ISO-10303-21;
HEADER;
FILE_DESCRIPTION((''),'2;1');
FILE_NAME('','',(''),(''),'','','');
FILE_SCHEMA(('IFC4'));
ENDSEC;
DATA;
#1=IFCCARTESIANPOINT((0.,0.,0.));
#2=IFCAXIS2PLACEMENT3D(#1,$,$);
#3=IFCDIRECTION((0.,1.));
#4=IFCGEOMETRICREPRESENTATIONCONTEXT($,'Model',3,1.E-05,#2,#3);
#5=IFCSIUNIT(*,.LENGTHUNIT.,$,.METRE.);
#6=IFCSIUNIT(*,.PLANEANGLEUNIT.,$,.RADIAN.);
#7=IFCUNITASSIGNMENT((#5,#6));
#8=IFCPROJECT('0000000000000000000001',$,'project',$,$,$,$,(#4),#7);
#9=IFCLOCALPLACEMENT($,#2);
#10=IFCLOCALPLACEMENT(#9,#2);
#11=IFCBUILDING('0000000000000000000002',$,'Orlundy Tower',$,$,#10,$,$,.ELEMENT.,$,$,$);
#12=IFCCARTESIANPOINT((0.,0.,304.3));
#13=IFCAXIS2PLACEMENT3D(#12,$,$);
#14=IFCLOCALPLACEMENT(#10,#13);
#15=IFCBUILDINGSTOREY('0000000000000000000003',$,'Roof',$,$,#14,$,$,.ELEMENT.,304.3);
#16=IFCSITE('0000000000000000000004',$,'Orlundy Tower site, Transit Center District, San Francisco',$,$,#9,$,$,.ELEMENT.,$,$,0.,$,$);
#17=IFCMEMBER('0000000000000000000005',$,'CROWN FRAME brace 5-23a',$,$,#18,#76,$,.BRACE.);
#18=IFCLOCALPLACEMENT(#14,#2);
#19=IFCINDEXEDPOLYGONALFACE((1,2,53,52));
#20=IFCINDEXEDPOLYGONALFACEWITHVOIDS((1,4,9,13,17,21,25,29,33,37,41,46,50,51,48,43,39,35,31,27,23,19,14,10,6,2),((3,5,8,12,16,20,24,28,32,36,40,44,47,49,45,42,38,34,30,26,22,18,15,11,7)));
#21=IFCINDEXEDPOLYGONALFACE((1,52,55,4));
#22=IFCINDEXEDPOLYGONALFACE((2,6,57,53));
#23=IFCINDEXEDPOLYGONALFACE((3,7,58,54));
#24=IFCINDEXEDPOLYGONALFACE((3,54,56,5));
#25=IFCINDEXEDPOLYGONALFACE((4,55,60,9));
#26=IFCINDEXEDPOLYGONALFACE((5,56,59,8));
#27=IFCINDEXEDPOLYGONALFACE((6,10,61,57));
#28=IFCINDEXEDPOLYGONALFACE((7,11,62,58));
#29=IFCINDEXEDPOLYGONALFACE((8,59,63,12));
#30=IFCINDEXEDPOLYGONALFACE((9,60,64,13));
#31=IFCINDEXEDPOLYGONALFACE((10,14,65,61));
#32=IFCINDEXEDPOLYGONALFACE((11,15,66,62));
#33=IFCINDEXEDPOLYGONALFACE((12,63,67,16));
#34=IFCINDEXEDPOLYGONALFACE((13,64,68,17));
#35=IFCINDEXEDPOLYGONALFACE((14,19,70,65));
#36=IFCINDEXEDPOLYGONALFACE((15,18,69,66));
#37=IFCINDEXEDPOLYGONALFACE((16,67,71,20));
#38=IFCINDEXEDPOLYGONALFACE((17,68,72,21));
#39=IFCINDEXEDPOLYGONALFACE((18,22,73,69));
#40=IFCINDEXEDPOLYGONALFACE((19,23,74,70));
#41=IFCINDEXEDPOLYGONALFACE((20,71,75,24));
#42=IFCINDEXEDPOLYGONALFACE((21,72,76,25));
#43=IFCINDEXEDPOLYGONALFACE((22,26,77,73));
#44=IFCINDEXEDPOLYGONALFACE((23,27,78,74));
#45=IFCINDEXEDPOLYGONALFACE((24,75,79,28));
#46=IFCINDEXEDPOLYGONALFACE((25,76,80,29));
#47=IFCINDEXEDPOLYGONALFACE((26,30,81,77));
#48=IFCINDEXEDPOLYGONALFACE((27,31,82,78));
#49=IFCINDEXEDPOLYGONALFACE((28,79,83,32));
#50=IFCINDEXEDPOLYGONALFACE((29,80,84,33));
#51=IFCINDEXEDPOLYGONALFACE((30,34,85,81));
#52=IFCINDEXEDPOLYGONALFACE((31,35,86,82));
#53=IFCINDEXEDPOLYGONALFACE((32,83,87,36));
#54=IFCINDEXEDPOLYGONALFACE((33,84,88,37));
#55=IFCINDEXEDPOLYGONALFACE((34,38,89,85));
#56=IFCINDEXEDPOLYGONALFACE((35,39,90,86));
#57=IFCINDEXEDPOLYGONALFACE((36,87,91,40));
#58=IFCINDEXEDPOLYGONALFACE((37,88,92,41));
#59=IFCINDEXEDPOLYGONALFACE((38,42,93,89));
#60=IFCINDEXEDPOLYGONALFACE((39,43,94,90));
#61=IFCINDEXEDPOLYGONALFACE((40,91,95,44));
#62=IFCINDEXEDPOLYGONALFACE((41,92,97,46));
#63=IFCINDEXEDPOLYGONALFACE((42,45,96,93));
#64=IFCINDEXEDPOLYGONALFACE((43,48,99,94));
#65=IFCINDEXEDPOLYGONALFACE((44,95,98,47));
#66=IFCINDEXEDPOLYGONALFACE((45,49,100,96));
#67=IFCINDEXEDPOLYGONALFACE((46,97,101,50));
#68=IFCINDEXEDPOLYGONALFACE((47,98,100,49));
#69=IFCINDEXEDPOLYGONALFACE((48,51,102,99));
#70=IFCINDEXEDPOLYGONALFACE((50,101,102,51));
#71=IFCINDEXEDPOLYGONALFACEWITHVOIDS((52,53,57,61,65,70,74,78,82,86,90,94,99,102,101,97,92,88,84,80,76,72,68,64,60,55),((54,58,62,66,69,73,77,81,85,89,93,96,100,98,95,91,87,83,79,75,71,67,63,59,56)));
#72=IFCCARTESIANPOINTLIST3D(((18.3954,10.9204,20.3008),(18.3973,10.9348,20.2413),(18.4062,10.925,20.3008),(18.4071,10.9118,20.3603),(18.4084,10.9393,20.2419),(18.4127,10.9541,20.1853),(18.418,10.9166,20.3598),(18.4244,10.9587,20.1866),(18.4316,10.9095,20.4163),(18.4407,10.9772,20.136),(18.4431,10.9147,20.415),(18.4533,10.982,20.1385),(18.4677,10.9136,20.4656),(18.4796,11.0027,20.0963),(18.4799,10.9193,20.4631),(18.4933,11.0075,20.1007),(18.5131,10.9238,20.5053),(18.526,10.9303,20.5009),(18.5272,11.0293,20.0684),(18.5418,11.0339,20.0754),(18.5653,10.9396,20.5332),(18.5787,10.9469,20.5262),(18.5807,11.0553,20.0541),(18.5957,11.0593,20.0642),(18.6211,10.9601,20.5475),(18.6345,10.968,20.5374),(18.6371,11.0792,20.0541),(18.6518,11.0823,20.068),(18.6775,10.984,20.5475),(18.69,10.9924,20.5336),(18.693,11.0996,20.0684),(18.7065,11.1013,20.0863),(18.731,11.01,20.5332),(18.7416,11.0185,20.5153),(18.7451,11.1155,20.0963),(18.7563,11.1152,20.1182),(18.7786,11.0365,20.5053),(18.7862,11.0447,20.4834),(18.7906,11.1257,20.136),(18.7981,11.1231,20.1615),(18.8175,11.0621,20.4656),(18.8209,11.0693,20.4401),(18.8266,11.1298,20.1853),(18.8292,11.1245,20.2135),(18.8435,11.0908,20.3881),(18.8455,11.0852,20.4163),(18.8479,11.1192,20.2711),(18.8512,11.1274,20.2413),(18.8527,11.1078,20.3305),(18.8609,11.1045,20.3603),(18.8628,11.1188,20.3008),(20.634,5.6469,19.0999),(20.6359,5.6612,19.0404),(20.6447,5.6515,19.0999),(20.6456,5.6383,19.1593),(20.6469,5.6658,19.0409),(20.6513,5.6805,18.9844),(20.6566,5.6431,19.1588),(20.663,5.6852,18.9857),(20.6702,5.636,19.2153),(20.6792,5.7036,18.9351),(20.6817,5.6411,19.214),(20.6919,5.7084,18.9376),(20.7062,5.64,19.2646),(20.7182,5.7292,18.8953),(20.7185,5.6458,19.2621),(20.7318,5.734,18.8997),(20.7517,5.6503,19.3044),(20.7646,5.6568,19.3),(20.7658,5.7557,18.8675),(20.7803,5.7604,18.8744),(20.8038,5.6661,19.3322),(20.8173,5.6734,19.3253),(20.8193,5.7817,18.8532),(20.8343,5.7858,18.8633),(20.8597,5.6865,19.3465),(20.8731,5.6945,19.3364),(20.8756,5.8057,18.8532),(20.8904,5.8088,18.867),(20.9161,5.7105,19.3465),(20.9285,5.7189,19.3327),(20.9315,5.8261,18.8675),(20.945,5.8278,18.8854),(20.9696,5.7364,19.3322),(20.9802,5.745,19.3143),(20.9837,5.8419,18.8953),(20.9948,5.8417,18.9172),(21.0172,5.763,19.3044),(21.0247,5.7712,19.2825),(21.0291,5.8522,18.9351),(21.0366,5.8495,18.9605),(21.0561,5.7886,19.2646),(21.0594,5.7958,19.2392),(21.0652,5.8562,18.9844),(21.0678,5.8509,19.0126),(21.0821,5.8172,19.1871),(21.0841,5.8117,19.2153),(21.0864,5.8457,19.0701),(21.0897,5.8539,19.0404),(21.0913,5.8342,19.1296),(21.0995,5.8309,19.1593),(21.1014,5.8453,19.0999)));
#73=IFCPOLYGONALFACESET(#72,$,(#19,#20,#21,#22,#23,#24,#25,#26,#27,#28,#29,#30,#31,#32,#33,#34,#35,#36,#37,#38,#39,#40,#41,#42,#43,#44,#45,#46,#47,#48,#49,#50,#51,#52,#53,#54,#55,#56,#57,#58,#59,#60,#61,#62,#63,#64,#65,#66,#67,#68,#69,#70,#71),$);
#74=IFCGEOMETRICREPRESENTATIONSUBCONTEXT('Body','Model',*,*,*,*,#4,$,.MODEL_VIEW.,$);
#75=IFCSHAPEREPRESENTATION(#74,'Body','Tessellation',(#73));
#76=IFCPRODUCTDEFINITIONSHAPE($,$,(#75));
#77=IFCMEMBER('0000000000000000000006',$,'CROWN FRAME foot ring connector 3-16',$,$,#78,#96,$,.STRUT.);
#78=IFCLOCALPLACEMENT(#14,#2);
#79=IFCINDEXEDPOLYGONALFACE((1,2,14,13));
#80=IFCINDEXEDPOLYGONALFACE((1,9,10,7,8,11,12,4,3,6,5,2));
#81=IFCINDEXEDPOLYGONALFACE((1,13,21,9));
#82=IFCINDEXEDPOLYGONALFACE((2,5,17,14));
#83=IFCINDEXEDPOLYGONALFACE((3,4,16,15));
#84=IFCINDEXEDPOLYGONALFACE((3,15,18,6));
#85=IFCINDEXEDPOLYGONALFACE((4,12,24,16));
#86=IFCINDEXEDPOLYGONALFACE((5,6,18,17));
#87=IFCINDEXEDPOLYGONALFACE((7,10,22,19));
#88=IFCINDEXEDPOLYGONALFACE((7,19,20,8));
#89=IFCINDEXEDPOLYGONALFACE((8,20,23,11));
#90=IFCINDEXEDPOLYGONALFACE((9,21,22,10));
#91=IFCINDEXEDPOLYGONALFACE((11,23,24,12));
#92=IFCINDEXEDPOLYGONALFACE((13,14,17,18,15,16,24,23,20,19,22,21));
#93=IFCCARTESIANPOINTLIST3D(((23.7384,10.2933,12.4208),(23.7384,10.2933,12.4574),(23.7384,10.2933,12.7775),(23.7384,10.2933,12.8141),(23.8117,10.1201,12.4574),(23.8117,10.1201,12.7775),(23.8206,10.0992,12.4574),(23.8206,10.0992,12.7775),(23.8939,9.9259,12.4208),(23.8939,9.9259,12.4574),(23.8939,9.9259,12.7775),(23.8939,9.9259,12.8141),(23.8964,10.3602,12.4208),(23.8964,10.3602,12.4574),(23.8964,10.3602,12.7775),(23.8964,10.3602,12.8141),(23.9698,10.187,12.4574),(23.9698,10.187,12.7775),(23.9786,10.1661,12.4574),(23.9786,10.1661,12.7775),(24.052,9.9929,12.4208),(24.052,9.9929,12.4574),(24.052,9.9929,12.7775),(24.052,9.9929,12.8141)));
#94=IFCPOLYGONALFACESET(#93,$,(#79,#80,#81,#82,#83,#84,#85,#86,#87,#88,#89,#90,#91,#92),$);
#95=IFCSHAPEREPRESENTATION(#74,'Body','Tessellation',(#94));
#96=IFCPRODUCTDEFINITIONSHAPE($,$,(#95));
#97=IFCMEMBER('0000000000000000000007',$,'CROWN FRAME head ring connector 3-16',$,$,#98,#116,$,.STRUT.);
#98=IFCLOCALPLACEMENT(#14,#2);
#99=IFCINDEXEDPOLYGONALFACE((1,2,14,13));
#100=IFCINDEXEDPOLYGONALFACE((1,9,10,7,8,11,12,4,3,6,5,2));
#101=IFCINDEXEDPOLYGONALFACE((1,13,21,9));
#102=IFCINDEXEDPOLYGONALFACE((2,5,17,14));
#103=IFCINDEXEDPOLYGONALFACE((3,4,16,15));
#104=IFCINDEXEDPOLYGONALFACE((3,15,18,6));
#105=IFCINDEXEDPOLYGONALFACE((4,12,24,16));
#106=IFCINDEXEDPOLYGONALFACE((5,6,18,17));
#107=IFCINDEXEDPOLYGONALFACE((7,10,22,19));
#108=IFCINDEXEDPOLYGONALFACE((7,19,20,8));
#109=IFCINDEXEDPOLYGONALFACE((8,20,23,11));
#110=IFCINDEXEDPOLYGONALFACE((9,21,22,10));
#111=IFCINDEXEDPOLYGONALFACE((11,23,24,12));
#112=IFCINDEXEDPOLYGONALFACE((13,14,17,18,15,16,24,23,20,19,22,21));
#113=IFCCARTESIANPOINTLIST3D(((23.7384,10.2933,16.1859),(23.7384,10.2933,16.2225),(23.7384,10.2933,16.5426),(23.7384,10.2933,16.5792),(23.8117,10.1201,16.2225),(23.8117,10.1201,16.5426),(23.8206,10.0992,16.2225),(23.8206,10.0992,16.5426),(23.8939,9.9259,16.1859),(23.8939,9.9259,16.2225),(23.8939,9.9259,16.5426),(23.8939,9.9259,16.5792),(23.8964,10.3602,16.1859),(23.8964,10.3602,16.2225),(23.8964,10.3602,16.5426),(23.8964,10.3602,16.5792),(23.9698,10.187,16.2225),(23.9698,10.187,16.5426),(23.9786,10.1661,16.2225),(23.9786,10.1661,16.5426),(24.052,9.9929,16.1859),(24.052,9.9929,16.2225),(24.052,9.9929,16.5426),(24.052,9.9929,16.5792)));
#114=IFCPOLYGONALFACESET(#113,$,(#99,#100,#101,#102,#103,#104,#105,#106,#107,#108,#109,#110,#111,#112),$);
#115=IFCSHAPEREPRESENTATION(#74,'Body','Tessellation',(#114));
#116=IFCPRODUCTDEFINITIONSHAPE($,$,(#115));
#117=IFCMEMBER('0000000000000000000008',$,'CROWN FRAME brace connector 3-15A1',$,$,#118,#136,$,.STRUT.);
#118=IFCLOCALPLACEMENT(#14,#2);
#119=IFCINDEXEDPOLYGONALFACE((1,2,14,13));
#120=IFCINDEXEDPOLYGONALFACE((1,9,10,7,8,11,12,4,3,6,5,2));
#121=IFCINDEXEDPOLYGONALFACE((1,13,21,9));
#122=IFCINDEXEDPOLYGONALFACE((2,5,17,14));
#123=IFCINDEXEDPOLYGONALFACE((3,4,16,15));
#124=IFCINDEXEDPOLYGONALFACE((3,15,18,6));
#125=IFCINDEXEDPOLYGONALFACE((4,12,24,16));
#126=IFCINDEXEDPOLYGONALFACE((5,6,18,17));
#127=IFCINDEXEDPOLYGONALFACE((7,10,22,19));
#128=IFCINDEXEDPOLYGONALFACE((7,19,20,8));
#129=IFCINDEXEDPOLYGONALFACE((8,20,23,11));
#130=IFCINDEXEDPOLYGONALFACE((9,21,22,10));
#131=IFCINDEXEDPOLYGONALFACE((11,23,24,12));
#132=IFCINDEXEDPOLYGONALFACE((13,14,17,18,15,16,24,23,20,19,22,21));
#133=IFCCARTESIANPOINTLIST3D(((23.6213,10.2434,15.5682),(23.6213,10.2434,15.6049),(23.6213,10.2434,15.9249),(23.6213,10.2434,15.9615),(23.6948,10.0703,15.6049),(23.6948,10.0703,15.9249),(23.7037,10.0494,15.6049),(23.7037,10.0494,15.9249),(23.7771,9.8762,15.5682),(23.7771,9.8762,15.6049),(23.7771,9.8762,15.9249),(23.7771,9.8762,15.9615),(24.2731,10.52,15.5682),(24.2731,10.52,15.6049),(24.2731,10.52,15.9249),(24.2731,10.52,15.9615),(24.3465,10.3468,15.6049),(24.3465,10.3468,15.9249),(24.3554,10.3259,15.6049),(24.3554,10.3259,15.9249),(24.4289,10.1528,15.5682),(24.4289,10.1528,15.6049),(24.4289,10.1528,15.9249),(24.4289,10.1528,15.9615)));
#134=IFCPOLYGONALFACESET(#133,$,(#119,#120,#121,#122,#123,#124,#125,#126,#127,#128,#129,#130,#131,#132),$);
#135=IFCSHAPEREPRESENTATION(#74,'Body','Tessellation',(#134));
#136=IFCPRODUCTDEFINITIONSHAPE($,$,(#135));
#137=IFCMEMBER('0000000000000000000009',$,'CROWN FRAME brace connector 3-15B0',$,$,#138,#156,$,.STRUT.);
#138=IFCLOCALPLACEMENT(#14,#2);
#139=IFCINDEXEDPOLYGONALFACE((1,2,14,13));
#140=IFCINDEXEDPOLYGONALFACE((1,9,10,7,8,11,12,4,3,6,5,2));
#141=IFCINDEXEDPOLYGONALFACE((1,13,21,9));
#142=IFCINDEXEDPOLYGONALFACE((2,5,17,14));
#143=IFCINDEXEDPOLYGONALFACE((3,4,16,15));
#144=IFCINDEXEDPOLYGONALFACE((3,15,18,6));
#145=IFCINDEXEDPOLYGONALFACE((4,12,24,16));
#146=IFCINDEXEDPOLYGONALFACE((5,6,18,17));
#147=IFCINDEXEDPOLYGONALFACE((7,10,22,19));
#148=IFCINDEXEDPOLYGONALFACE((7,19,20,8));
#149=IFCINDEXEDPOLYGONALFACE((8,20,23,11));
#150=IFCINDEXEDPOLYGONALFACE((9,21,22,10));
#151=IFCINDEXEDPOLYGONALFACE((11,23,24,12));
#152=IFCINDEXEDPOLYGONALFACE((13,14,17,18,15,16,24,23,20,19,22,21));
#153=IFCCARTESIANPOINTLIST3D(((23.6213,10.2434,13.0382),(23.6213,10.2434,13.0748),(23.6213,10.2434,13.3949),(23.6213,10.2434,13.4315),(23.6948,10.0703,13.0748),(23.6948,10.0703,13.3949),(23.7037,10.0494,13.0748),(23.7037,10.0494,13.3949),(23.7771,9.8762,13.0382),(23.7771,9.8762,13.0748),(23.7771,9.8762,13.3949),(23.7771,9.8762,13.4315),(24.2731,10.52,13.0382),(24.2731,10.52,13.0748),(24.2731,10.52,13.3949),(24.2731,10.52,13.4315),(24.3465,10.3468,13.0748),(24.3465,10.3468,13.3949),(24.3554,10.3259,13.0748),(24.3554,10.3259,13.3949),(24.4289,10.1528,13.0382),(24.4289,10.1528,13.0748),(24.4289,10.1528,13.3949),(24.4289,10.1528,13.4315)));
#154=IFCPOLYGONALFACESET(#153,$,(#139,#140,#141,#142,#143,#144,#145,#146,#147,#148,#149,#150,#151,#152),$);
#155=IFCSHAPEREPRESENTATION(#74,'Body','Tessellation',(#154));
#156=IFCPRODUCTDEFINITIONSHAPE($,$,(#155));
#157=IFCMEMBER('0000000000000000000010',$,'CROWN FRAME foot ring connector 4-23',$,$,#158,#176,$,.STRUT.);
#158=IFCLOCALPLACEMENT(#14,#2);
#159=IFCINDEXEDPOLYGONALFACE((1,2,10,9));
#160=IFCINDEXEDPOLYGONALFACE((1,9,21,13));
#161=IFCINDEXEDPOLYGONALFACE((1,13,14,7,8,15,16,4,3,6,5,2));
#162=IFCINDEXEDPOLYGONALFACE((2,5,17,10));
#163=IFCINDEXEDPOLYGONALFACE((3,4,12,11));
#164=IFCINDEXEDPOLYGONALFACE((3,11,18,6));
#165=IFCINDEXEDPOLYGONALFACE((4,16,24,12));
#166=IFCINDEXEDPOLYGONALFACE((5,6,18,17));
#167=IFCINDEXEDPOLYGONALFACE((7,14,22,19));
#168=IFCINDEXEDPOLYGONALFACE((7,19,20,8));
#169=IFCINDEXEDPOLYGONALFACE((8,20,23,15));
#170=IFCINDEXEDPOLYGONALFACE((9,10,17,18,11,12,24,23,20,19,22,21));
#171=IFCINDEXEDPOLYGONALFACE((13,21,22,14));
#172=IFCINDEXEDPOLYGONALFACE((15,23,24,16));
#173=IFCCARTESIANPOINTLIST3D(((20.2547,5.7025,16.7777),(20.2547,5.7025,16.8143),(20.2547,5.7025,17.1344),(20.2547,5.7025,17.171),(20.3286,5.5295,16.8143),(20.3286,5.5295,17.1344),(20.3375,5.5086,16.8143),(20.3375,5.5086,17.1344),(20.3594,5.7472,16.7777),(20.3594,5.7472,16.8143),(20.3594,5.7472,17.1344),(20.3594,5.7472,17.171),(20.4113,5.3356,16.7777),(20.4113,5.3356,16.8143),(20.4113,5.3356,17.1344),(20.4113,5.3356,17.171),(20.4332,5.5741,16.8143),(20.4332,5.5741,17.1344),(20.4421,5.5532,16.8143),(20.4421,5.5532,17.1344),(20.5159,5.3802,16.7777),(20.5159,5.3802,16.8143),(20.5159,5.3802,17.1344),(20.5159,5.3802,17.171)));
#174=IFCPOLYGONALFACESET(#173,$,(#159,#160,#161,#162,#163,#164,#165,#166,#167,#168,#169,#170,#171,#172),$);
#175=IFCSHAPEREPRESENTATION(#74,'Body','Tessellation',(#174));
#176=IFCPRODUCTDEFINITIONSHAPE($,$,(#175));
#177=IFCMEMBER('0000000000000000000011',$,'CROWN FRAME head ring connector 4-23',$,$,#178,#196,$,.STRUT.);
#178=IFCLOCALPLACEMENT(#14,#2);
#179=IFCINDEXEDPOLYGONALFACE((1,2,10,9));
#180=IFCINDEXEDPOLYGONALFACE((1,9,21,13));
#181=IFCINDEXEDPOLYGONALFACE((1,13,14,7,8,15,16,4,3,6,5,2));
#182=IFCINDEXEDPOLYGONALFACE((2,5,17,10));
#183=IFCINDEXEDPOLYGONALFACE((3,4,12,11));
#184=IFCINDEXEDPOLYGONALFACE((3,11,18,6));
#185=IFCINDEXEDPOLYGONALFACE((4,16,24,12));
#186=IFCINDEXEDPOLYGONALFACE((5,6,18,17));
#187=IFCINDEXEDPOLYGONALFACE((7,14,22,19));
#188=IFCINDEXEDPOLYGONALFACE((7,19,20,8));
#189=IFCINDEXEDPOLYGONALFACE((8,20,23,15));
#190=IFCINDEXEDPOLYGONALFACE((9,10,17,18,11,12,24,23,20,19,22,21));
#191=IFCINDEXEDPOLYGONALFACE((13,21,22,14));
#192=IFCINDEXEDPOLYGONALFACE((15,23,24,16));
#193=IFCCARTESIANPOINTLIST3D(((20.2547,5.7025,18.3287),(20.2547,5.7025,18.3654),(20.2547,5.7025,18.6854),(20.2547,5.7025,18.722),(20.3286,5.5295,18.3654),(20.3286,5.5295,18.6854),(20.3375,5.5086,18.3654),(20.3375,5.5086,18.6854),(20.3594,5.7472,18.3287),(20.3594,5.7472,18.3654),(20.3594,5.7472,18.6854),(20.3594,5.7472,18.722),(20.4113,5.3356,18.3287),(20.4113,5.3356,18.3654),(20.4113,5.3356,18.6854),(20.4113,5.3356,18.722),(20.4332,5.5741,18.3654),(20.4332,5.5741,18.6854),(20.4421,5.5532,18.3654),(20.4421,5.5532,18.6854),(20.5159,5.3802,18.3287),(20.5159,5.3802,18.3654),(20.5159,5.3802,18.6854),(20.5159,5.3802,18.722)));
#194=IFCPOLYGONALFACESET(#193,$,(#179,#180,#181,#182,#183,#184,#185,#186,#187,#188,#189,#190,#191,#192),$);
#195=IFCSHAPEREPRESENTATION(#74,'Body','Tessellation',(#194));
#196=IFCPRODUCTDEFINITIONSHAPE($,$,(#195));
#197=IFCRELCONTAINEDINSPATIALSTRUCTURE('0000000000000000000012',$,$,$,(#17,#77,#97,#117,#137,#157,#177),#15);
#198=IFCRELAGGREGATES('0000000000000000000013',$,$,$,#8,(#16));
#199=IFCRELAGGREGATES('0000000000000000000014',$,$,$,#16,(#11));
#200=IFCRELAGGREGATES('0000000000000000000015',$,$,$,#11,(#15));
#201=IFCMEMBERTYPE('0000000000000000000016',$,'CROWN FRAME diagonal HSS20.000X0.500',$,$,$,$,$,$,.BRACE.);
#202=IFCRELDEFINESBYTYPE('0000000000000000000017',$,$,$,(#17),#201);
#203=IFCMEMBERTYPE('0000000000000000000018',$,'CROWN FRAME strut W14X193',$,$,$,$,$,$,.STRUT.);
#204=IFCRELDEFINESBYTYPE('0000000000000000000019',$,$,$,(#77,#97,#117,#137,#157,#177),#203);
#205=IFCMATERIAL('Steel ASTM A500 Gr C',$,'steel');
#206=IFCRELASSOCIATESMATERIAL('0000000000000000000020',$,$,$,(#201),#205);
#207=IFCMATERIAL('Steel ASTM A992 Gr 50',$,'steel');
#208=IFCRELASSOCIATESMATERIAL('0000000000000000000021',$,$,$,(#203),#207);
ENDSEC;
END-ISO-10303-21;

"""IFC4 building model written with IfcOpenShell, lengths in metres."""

from ifc_helpers import new_model, si_unit, direction, frame, origin, origin_2d, place, context, subcontext, project, spatial, hollow_circle, i_section, extrude, material, material_profile, profile_set, type_object, element, save


model = new_model("IFC4")

# Units and contexts
model_context = context("Model", 3, precision=1e-05, world=origin(), true_north=direction((0.0, 1.0)))
body_context = subcontext(model_context, "Body", "Model", "MODEL_VIEW")
ifc_project = project(units=[si_unit("LENGTHUNIT", "METRE"), si_unit("PLANEANGLEUNIT", "RADIAN")], contexts=[model_context])

# Site, building, storey
site_placement = place(None, origin())
site = spatial("IfcSite", under=ifc_project, at=site_placement, Name="Orlundy Tower site, Transit Center District, San Francisco", CompositionType="ELEMENT", RefElevation=0.0)
building_placement = place(site_placement, origin())
building = spatial("IfcBuilding", under=site, at=building_placement, Name="Orlundy Tower", CompositionType="ELEMENT")
storey_placement = place(building_placement, frame((0.0, 0.0, 304.3)))
storey = spatial("IfcBuildingStorey", under=building, at=storey_placement, Name="Roof", CompositionType="ELEMENT", Elevation=304.3)

# Members
ifc_material_1 = material(Name="Steel ASTM A500 Gr C", Category="steel")
ifc_material_profile_1 = material_profile(ifc_material_1, hollow_circle(Radius=0.2539, WallThickness=0.0117, at=origin_2d()), Name="HSS20.000X0.500")
ifc_profile_set_1 = profile_set([ifc_material_profile_1], Name="Steel ASTM A500 Gr C")
member_type_1 = type_object("IfcMemberType", Name="CROWN FRAME diagonal HSS20.000X0.500", PredefinedType="BRACE", material=ifc_profile_set_1)
for number, where, z_axis, x_axis, name in (
    (1, (20.8677, 5.7461, 19.0999), (-0.382431, 0.900918, 0.205167), (-0.9205, -0.390744, 0.0), "CROWN FRAME brace 5-23a"),
):
    element("IfcMember", number, at=place(storey_placement, frame(where, z_axis=z_axis, x_axis=x_axis)), inside=storey, type_object=member_type_1, Name=name, PredefinedType="BRACE", context=body_context, shape_type="SweptSolid", body=[
        extrude(hollow_circle(Radius=0.2539, WallThickness=0.0117, at=origin_2d()), origin(), (0.0, 0.0, 1.0), 5.8535),
    ])
ifc_material_2 = material(Name="Steel ASTM A992 Gr 50", Category="steel")
ifc_material_profile_2 = material_profile(ifc_material_2, i_section(OverallWidth=0.3989, OverallDepth=0.3933, WebThickness=0.0227, FlangeThickness=0.0366, at=origin_2d()), Name="W14X193")
ifc_profile_set_2 = profile_set([ifc_material_profile_2], Name="Steel ASTM A992 Gr 50")
member_type_2 = type_object("IfcMemberType", Name="CROWN FRAME strut W14X193", PredefinedType="STRUT", material=ifc_profile_set_2)
for number, where, z_axis, x_axis, name in (
    (2, (23.8162, 10.1096, 12.6174), (0.92083, 0.389965, 0.0), (-0.389965, 0.92083, 0.0), "CROWN FRAME foot ring connector 3-16"),
    (3, (23.8162, 10.1096, 16.3826), (0.92083, 0.389965, 0.0), (-0.389965, 0.92083, 0.0), "CROWN FRAME head ring connector 3-16"),
):
    element("IfcMember", number, at=place(storey_placement, frame(where, z_axis=z_axis, x_axis=x_axis)), inside=storey, type_object=member_type_2, Name=name, PredefinedType="STRUT", context=body_context, shape_type="SweptSolid", body=[
        extrude(i_section(OverallWidth=0.3989, OverallDepth=0.3933, WebThickness=0.0227, FlangeThickness=0.0366, at=origin_2d()), origin(), (0.0, 0.0, 1.0), 0.1716),
    ])
for number, where, z_axis, x_axis, name in (
    (4, (23.6992, 10.0598, 15.7649), (0.920548, 0.39063, 0.0), (-0.39063, 0.920548, 0.0), "CROWN FRAME brace connector 3-15A1"),
    (5, (23.6992, 10.0598, 13.2349), (0.920548, 0.39063, 0.0), (-0.39063, 0.920548, 0.0), "CROWN FRAME brace connector 3-15B0"),
):
    element("IfcMember", number, at=place(storey_placement, frame(where, z_axis=z_axis, x_axis=x_axis)), inside=storey, type_object=member_type_2, Name=name, PredefinedType="STRUT", context=body_context, shape_type="SweptSolid", body=[
        extrude(i_section(OverallWidth=0.3989, OverallDepth=0.3933, WebThickness=0.0227, FlangeThickness=0.0366, at=origin_2d()), origin(), (0.0, 0.0, 1.0), 0.708),
    ])
for number, where, z_axis, x_axis, name in (
    (6, (20.333, 5.519, 16.9744), (0.919809, 0.392366, 0.0), (-0.392366, 0.919809, 0.0), "CROWN FRAME foot ring connector 4-23"),
    (7, (20.333, 5.519, 18.5254), (0.919809, 0.392366, 0.0), (-0.392366, 0.919809, 0.0), "CROWN FRAME head ring connector 4-23"),
):
    element("IfcMember", number, at=place(storey_placement, frame(where, z_axis=z_axis, x_axis=x_axis)), inside=storey, type_object=member_type_2, Name=name, PredefinedType="STRUT", context=body_context, shape_type="SweptSolid", body=[
        extrude(i_section(OverallWidth=0.3989, OverallDepth=0.3933, WebThickness=0.0227, FlangeThickness=0.0366, at=origin_2d()), origin(), (0.0, 0.0, 1.0), 0.1138),
    ])

save(model, "model.ifc")
